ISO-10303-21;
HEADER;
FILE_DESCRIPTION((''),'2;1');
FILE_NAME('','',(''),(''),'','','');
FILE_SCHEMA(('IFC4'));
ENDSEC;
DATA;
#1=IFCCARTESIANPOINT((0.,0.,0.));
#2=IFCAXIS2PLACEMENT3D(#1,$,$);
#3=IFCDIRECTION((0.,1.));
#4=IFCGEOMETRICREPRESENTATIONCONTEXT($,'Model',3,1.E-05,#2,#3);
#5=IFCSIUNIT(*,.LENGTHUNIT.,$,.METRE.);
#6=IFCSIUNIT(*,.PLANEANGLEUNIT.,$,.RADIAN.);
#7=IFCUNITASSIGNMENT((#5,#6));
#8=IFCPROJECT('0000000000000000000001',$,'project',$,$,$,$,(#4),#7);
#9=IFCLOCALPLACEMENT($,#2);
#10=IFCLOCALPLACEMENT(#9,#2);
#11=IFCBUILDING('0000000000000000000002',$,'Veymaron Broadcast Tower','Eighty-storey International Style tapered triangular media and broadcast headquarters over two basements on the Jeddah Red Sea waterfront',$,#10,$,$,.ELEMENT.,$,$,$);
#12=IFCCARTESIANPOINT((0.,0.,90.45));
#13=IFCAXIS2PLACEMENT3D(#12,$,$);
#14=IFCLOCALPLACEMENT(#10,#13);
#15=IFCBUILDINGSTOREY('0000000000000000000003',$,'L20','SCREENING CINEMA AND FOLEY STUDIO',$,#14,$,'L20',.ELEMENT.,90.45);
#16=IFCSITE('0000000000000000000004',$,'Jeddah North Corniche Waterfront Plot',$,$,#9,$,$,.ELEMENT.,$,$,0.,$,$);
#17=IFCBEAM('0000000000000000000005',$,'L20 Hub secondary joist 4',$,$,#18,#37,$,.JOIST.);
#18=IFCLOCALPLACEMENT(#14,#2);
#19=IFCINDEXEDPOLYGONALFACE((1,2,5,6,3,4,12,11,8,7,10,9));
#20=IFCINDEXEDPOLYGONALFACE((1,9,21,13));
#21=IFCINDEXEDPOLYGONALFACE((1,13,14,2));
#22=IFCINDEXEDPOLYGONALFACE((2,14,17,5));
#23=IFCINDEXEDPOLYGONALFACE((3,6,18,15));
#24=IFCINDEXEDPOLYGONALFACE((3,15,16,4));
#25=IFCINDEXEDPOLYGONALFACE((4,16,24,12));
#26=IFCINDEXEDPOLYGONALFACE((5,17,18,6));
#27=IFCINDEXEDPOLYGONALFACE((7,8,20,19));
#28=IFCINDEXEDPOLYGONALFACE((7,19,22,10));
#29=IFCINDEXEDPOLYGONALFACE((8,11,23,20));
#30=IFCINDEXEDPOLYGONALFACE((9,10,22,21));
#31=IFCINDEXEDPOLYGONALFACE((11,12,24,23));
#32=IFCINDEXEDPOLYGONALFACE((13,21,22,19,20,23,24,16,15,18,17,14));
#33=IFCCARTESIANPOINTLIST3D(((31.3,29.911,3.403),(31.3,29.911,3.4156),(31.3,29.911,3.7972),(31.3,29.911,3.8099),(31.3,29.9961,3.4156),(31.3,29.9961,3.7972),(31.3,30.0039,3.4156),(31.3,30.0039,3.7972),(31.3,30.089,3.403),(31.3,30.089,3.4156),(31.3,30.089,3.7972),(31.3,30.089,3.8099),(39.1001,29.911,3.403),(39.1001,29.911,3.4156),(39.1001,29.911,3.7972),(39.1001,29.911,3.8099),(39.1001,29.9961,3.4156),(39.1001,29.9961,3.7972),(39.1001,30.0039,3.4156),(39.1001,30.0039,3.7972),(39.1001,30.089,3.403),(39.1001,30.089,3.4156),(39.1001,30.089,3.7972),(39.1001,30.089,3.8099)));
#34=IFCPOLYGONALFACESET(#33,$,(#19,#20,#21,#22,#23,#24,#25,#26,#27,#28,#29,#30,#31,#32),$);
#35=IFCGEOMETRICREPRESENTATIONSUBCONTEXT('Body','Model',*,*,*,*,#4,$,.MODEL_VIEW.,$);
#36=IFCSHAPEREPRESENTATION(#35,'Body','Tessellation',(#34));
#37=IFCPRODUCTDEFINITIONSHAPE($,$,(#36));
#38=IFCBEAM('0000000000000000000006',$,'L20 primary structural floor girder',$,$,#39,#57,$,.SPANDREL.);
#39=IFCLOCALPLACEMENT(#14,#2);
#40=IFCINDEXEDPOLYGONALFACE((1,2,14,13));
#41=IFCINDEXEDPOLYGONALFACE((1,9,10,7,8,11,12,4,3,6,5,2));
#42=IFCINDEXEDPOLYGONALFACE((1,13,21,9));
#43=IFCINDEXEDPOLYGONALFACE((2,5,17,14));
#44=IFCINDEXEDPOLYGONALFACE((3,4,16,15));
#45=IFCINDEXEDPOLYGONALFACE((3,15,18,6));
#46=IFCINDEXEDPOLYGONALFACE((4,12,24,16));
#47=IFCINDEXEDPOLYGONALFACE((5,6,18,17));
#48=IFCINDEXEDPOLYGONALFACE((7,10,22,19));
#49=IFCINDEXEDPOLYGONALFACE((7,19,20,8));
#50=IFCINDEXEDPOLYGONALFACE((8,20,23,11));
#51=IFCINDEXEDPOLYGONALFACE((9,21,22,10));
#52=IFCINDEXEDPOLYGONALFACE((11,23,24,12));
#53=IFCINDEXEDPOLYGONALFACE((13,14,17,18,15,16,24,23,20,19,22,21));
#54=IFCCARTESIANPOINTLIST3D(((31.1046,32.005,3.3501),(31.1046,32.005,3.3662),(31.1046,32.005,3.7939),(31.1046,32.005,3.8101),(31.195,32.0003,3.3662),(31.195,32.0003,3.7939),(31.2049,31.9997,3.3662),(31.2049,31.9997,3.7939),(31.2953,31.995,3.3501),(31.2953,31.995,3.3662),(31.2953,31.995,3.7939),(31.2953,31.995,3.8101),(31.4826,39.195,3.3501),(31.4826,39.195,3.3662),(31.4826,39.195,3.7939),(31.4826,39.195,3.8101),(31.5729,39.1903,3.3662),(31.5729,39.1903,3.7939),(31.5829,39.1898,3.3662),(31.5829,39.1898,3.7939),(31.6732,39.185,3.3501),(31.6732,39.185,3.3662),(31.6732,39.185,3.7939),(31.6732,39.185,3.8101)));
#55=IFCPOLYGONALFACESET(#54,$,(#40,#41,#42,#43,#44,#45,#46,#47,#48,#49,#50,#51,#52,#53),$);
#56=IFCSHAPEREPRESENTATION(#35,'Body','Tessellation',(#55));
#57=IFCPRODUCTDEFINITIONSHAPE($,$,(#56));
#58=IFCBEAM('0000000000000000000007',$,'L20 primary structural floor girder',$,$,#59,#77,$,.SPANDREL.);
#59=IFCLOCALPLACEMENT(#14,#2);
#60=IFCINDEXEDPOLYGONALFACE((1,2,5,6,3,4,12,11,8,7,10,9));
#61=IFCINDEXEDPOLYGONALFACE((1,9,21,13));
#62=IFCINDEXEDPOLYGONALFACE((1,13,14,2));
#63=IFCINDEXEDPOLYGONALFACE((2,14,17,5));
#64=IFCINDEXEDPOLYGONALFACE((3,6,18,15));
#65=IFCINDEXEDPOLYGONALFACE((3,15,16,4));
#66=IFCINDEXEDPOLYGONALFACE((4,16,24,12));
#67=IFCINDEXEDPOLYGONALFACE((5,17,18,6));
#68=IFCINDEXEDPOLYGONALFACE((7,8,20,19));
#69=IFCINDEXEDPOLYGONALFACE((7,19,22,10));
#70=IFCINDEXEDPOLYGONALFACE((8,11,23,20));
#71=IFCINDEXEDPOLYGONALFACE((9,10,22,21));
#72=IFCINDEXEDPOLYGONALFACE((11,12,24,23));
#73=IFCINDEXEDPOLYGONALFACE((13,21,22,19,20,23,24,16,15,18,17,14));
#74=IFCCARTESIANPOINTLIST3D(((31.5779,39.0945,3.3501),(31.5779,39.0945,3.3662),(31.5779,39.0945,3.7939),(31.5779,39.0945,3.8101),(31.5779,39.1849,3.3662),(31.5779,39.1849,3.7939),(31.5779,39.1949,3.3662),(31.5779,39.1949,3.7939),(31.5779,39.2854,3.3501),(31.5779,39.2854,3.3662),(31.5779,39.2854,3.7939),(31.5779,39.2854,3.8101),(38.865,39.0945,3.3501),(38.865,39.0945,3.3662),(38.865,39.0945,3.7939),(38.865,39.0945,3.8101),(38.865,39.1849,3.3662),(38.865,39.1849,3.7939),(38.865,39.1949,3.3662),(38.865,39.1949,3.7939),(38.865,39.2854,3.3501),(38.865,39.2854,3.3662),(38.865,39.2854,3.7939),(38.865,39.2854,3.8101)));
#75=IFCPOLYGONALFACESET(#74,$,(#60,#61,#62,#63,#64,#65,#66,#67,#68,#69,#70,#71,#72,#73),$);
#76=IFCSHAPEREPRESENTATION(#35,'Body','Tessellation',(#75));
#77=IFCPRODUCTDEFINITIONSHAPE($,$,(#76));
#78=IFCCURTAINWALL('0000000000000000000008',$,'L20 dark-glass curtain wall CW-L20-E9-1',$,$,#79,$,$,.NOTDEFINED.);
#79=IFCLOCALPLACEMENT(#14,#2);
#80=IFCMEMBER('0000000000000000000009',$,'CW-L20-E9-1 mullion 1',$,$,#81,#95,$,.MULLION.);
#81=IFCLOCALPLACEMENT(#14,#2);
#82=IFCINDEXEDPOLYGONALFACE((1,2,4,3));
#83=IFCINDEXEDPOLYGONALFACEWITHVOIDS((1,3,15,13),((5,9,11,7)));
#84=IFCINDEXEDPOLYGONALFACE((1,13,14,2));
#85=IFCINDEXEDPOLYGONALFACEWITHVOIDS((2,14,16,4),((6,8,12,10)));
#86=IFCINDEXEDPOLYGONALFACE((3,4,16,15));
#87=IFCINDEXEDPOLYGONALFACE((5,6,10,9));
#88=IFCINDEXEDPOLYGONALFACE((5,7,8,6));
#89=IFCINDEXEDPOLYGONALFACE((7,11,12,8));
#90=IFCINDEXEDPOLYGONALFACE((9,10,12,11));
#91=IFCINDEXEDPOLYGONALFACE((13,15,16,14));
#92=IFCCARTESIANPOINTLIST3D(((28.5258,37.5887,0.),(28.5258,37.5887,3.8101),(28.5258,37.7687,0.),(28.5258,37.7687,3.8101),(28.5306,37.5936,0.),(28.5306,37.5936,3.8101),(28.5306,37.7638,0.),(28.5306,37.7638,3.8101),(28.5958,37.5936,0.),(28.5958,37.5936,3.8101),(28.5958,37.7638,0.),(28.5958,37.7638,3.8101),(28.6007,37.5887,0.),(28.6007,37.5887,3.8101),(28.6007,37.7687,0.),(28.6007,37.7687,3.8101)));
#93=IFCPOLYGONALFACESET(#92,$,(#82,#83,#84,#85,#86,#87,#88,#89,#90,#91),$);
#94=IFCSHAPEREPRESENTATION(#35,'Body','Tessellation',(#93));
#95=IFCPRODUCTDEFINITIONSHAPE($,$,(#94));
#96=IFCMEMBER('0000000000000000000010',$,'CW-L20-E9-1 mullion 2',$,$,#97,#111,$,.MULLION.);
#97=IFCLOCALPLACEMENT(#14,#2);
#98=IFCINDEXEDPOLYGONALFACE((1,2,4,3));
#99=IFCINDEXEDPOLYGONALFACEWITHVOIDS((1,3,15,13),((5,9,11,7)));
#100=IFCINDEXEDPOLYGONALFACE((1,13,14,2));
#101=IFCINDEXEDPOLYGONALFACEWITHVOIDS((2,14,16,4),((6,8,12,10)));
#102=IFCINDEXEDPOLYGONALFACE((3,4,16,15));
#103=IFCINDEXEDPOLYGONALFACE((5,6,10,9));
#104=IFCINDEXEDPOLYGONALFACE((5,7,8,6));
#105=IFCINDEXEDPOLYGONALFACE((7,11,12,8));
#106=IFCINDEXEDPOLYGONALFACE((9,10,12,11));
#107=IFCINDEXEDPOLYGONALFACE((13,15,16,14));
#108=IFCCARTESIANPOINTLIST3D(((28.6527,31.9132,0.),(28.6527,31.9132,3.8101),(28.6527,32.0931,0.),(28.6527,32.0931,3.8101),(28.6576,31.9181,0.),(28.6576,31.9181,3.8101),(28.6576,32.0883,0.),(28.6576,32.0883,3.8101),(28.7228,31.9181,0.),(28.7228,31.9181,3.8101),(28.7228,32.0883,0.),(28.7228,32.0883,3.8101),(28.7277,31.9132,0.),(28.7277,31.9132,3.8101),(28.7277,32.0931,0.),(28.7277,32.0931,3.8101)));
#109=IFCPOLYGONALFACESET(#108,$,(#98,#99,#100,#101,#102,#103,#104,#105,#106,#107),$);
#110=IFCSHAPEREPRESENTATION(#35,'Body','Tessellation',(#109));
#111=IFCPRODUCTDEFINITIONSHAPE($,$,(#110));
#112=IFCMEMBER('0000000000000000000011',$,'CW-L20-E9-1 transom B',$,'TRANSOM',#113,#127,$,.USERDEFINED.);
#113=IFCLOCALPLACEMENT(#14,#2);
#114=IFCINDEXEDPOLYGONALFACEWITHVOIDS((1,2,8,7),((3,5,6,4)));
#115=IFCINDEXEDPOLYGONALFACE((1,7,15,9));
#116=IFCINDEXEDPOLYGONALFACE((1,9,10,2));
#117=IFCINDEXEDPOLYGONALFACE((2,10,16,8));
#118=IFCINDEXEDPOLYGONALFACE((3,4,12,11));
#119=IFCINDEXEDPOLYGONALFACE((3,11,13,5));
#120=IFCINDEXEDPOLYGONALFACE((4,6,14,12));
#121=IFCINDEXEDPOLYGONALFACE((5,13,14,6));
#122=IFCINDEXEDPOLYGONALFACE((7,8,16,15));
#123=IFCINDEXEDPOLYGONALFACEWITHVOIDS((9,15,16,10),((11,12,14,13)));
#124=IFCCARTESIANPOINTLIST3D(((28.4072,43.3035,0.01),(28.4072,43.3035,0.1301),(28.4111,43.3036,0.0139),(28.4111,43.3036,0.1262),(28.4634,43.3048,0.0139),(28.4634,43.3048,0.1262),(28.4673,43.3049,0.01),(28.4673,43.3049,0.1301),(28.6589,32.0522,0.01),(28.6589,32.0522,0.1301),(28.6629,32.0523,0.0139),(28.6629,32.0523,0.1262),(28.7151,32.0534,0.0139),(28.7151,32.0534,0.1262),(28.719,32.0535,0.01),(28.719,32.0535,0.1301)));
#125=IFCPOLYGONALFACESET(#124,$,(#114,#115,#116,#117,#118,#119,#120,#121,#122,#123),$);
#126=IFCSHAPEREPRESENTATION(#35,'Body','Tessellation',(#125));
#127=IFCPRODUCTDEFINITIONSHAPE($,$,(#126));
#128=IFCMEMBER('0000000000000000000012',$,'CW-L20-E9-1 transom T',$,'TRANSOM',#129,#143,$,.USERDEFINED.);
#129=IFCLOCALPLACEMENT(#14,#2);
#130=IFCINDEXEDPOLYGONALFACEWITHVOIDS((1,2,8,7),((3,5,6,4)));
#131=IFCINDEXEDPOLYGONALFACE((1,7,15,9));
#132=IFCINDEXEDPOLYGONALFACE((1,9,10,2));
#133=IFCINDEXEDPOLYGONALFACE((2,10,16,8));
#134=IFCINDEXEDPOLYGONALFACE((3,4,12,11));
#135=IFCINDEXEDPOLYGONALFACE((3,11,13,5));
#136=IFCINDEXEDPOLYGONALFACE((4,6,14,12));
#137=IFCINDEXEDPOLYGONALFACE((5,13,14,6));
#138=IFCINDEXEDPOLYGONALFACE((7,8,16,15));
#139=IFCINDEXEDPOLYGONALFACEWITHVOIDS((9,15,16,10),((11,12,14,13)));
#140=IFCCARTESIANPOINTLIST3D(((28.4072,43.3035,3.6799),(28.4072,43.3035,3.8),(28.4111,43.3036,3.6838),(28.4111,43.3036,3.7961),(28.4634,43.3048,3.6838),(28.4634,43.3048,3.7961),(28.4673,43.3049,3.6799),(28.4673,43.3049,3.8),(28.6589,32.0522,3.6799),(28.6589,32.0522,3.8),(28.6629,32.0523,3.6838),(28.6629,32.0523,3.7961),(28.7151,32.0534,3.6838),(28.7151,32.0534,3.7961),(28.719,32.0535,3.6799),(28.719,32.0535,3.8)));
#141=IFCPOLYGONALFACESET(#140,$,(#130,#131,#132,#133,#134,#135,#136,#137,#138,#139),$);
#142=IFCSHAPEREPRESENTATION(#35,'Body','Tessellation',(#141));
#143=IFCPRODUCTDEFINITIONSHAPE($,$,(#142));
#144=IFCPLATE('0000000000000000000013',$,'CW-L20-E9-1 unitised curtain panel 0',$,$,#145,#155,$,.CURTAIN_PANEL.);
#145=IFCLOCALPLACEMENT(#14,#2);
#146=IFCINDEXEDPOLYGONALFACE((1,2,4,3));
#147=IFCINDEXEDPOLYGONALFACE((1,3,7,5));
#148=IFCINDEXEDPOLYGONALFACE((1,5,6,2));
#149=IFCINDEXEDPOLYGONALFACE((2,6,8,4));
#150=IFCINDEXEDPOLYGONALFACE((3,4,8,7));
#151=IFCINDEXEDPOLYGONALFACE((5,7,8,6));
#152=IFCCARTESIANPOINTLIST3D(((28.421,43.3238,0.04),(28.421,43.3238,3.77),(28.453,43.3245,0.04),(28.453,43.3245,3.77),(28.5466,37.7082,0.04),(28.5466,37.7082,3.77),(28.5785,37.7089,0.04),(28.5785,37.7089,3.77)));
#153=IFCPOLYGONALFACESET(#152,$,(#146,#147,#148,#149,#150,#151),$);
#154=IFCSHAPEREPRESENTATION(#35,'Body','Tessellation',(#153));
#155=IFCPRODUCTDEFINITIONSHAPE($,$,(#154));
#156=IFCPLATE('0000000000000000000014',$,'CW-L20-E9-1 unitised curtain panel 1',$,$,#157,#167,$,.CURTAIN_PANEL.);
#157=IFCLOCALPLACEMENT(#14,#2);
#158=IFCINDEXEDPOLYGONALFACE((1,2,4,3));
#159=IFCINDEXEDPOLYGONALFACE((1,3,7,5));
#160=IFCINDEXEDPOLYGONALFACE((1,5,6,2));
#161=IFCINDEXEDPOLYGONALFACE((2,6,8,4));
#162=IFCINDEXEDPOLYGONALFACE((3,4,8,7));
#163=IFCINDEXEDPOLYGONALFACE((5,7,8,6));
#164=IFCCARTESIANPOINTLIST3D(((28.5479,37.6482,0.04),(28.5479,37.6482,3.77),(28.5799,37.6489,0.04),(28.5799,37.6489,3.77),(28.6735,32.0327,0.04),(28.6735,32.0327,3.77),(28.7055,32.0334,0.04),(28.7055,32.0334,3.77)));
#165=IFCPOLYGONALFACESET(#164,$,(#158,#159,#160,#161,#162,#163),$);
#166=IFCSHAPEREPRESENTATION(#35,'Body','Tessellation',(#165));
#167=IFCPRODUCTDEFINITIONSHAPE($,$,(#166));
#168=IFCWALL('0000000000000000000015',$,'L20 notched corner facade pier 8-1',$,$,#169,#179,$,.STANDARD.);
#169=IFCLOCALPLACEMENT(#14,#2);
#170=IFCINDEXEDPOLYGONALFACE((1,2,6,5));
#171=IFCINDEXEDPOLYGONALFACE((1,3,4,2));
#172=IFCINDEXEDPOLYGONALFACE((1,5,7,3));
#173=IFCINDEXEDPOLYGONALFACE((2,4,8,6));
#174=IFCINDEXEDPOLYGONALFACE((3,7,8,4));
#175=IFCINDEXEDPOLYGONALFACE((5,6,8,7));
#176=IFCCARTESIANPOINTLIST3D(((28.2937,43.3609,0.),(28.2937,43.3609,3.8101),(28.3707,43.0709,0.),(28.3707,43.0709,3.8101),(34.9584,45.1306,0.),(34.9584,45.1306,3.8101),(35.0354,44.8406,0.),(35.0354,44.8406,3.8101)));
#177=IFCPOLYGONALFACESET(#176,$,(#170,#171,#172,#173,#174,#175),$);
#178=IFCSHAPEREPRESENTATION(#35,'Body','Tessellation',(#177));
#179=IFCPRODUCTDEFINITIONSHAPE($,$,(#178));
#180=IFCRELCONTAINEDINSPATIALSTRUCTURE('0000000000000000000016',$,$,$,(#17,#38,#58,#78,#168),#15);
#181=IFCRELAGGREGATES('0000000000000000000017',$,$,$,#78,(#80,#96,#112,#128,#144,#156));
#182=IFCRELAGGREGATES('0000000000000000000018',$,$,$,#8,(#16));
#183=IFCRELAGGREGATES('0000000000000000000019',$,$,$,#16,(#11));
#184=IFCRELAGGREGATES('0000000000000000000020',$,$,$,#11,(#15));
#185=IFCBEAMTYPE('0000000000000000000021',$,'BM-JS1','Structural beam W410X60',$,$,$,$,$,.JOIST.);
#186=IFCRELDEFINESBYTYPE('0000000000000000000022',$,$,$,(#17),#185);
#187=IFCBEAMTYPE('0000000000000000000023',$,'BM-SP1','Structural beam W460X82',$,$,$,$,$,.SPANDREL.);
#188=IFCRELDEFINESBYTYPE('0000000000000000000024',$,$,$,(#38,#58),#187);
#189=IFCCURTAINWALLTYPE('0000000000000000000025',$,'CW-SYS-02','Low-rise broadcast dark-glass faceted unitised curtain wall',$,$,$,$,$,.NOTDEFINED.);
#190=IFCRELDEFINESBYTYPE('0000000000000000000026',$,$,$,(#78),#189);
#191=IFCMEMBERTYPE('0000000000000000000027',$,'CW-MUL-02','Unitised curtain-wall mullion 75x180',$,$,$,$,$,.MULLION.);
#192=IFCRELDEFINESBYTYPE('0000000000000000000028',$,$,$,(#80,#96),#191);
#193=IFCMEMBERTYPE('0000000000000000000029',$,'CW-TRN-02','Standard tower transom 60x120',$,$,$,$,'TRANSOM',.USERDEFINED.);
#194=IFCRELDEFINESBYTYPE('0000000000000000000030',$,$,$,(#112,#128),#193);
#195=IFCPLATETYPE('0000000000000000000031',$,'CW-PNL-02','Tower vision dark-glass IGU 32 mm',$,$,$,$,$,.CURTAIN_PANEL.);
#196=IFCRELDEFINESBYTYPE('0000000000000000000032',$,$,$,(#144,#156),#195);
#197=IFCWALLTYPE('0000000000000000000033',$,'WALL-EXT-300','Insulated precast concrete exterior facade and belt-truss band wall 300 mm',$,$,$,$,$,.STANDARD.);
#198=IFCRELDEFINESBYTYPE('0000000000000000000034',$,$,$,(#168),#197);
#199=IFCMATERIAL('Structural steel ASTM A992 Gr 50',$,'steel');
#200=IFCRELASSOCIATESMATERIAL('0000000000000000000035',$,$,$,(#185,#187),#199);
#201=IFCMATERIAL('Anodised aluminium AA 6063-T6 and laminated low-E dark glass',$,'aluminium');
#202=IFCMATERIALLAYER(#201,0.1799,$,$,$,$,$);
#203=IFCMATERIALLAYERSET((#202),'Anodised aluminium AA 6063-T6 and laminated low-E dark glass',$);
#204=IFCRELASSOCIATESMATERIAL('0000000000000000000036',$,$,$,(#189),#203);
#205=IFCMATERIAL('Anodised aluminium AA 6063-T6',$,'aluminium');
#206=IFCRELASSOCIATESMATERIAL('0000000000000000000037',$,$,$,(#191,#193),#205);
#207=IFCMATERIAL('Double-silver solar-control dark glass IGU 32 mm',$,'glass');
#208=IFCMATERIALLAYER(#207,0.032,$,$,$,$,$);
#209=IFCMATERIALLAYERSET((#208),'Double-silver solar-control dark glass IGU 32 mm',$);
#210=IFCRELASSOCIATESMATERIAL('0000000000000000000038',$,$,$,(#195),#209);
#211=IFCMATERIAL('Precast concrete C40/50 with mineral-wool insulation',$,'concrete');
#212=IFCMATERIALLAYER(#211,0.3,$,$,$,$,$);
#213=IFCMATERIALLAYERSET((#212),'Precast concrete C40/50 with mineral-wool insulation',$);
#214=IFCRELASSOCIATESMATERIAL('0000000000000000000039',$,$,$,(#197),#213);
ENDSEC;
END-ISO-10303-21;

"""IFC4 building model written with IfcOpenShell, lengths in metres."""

from ifc_helpers import new_model, si_unit, direction, frame, frame_2d, origin, origin_2d, place, context, subcontext, project, spatial, rectangle, hollow_rectangle, i_section, extrude, material, layer, layer_set, material_profile, profile_set, type_object, element, aggregate, save


model = new_model("IFC4")

# Units and contexts
model_context = context("Model", 3, precision=1e-05, world=origin(), true_north=direction((0.0, 1.0)))
body_context = subcontext(model_context, "Body", "Model", "MODEL_VIEW")
ifc_project = project(units=[si_unit("LENGTHUNIT", "METRE"), si_unit("PLANEANGLEUNIT", "RADIAN")], contexts=[model_context])

# Site, building, storey
site_placement = place(None, origin())
site = spatial("IfcSite", under=ifc_project, at=site_placement, Name="Jeddah North Corniche Waterfront Plot", CompositionType="ELEMENT", RefElevation=0.0)
building_placement = place(site_placement, origin())
building = spatial("IfcBuilding", under=site, at=building_placement, Name="Veymaron Broadcast Tower", Description="Eighty-storey International Style tapered triangular media and broadcast headquarters over two basements on the Jeddah Red Sea waterfront", CompositionType="ELEMENT")
storey_placement = place(building_placement, frame((0.0, 0.0, 90.45)))
storey = spatial("IfcBuildingStorey", under=building, at=storey_placement, Name="L20", Description="SCREENING CINEMA AND FOLEY STUDIO", LongName="L20", CompositionType="ELEMENT", Elevation=90.45)

# Beams
ifc_material_1 = material(Name="Structural steel ASTM A992 Gr 50", Category="steel")
ifc_material_profile_1 = material_profile(ifc_material_1, i_section(OverallWidth=0.178, OverallDepth=0.407, WebThickness=0.0078, FlangeThickness=0.0127, at=origin_2d()), Name="W410X60")
ifc_profile_set_1 = profile_set([ifc_material_profile_1], Name="Structural steel ASTM A992 Gr 50")
beam_type_1 = type_object("IfcBeamType", Name="BM-JS1", Description="Structural beam W410X60", PredefinedType="JOIST", material=ifc_profile_set_1)
for number, where, z_axis, x_axis, name in (
    (1, (31.3, 30.0, 3.6064), (1.0, 0.0, 0.0), (0.0, 1.0, 0.0), "L20 Hub secondary joist 4"),
):
    element("IfcBeam", number, at=place(storey_placement, frame(where, z_axis=z_axis, x_axis=x_axis)), inside=storey, type_object=beam_type_1, Name=name, PredefinedType="JOIST", context=body_context, shape_type="SweptSolid", body=[
        extrude(i_section(OverallWidth=0.178, OverallDepth=0.407, WebThickness=0.0078, FlangeThickness=0.0127, at=origin_2d()), origin(), (0.0, 0.0, 1.0), 7.8),
    ])
ifc_material_profile_2 = material_profile(ifc_material_1, i_section(OverallWidth=0.1909, OverallDepth=0.46, WebThickness=0.01, FlangeThickness=0.0161, at=origin_2d()), Name="W460X82")
ifc_profile_set_2 = profile_set([ifc_material_profile_2], Name="Structural steel ASTM A992 Gr 50")
beam_type_2 = type_object("IfcBeamType", Name="BM-SP1", Description="Structural beam W460X82", PredefinedType="SPANDREL", material=ifc_profile_set_2)
beam_1_placement = place(storey_placement, frame((31.2, 32.0, 3.5801), z_axis=(0.052491, 0.998621, 0.0), x_axis=(-0.998621, 0.052491, 0.0)))
element("IfcBeam", 2, at=beam_1_placement, inside=storey, type_object=beam_type_2, Name="L20 primary structural floor girder", PredefinedType="SPANDREL", context=body_context, shape_type="SweptSolid", body=[
    extrude(i_section(OverallWidth=0.1909, OverallDepth=0.46, WebThickness=0.01, FlangeThickness=0.0161, at=origin_2d()), origin(), (0.0, 0.0, 1.0), 7.2),
])
beam_2_placement = place(storey_placement, frame((31.5779, 39.1899, 3.5801), z_axis=(1.0, 0.0, 0.0), x_axis=(0.0, 1.0, 0.0)))
element("IfcBeam", 3, at=beam_2_placement, inside=storey, type_object=beam_type_2, Name="L20 primary structural floor girder", PredefinedType="SPANDREL", context=body_context, shape_type="SweptSolid", body=[
    extrude(i_section(OverallWidth=0.1909, OverallDepth=0.46, WebThickness=0.01, FlangeThickness=0.0161, at=origin_2d()), origin(), (0.0, 0.0, 1.0), 7.2871),
])

# Curtain wall, members, plates
ifc_material_2 = material(Name="Anodised aluminium AA 6063-T6 and laminated low-E dark glass", Category="aluminium")
ifc_layer_1 = layer(ifc_material_2, 0.1799)
ifc_layer_set_1 = layer_set([ifc_layer_1], Name="Anodised aluminium AA 6063-T6 and laminated low-E dark glass")
curtain_wall_type = type_object("IfcCurtainWallType", Name="CW-SYS-02", Description="Low-rise broadcast dark-glass faceted unitised curtain wall", PredefinedType="NOTDEFINED", material=ifc_layer_set_1)
curtain_wall_placement = place(storey_placement, origin())
curtain_wall = element("IfcCurtainWall", 4, at=curtain_wall_placement, inside=storey, type_object=curtain_wall_type, Name="L20 dark-glass curtain wall CW-L20-E9-1", PredefinedType="NOTDEFINED")
ifc_material_3 = material(Name="Anodised aluminium AA 6063-T6", Category="aluminium")
ifc_material_profile_3 = material_profile(ifc_material_3, hollow_rectangle(XDim=0.075, YDim=0.1799, WallThickness=0.0049, at=origin_2d()), Name="AL180X75X5")
ifc_profile_set_3 = profile_set([ifc_material_profile_3], Name="Anodised aluminium AA 6063-T6")
member_type_1 = type_object("IfcMemberType", Name="CW-MUL-02", Description="Unitised curtain-wall mullion 75x180", PredefinedType="MULLION", material=ifc_profile_set_3)
member_1_placement = place(storey_placement, frame((28.5632, 37.6787, 0.0), z_axis=(0.0, 0.0, 1.0), x_axis=(1.0, 0.0, 0.0)))
member_1 = element("IfcMember", 5, at=member_1_placement, type_object=member_type_1, Name="CW-L20-E9-1 mullion 1", PredefinedType="MULLION", context=body_context, shape_type="SweptSolid", body=[
    extrude(hollow_rectangle(XDim=0.075, YDim=0.1799, WallThickness=0.0049, at=origin_2d()), origin(), (0.0, 0.0, 1.0), 3.8101),
])
member_2_placement = place(storey_placement, frame((28.6902, 32.0032, 0.0), z_axis=(0.0, 0.0, 1.0), x_axis=(1.0, 0.0, 0.0)))
member_2 = element("IfcMember", 6, at=member_2_placement, type_object=member_type_1, Name="CW-L20-E9-1 mullion 2", PredefinedType="MULLION", context=body_context, shape_type="SweptSolid", body=[
    extrude(hollow_rectangle(XDim=0.075, YDim=0.1799, WallThickness=0.0049, at=origin_2d()), origin(), (0.0, 0.0, 1.0), 3.8101),
])
ifc_material_profile_4 = material_profile(ifc_material_3, hollow_rectangle(XDim=0.0601, YDim=0.1201, WallThickness=0.0039, at=origin_2d()), Name="AL120X60X4")
ifc_profile_set_4 = profile_set([ifc_material_profile_4], Name="Anodised aluminium AA 6063-T6")
member_type_2 = type_object("IfcMemberType", Name="CW-TRN-02", Description="Standard tower transom 60x120", ElementType="TRANSOM", PredefinedType="USERDEFINED", material=ifc_profile_set_4)
member_3_placement = place(storey_placement, frame((28.4373, 43.3042, 0.0701), z_axis=(0.022366, -0.99975, 0.0), x_axis=(0.99975, 0.022366, 0.0)))
member_3 = element("IfcMember", 7, at=member_3_placement, type_object=member_type_2, Name="CW-L20-E9-1 transom B", ObjectType="TRANSOM", PredefinedType="USERDEFINED", context=body_context, shape_type="SweptSolid", body=[
    extrude(hollow_rectangle(XDim=0.0601, YDim=0.1201, WallThickness=0.0039, at=origin_2d()), origin(), (0.0, 0.0, 1.0), 11.2542),
])
member_4_placement = place(storey_placement, frame((28.4373, 43.3042, 3.74), z_axis=(0.022366, -0.99975, 0.0), x_axis=(0.99975, 0.022366, 0.0)))
member_4 = element("IfcMember", 8, at=member_4_placement, type_object=member_type_2, Name="CW-L20-E9-1 transom T", ObjectType="TRANSOM", PredefinedType="USERDEFINED", context=body_context, shape_type="SweptSolid", body=[
    extrude(hollow_rectangle(XDim=0.0601, YDim=0.1201, WallThickness=0.0039, at=origin_2d()), origin(), (0.0, 0.0, 1.0), 11.2542),
])
ifc_material_4 = material(Name="Double-silver solar-control dark glass IGU 32 mm", Category="glass")
ifc_layer_2 = layer(ifc_material_4, 0.032)
ifc_layer_set_2 = layer_set([ifc_layer_2], Name="Double-silver solar-control dark glass IGU 32 mm")
plate_type = type_object("IfcPlateType", Name="CW-PNL-02", Description="Tower vision dark-glass IGU 32 mm", PredefinedType="CURTAIN_PANEL", material=ifc_layer_set_2)
plate_1_placement = place(storey_placement, frame((28.4998, 40.5164, 0.04), z_axis=(0.0, 0.0, 1.0), x_axis=(0.022356, -0.99975, 0.0)))
plate_1 = element("IfcPlate", 9, at=plate_1_placement, type_object=plate_type, Name="CW-L20-E9-1 unitised curtain panel 0", PredefinedType="CURTAIN_PANEL", context=body_context, shape_type="SweptSolid", body=[
    extrude(rectangle(XDim=5.6169, YDim=0.032, at=origin_2d()), origin(), (0.0, 0.0, 1.0), 3.73),
])
plate_2_placement = place(storey_placement, frame((28.6267, 34.8408, 0.04), z_axis=(0.0, 0.0, 1.0), x_axis=(0.022356, -0.99975, 0.0)))
plate_2 = element("IfcPlate", 10, at=plate_2_placement, type_object=plate_type, Name="CW-L20-E9-1 unitised curtain panel 1", PredefinedType="CURTAIN_PANEL", context=body_context, shape_type="SweptSolid", body=[
    extrude(rectangle(XDim=5.6169, YDim=0.032, at=origin_2d()), origin(), (0.0, 0.0, 1.0), 3.73),
])
aggregate(curtain_wall, [member_1, member_2, member_3, member_4, plate_1, plate_2])

# Wall
ifc_material_5 = material(Name="Precast concrete C40/50 with mineral-wool insulation", Category="concrete")
ifc_layer_3 = layer(ifc_material_5, 0.3)
ifc_layer_set_3 = layer_set([ifc_layer_3], Name="Precast concrete C40/50 with mineral-wool insulation")
wall_type_1 = type_object("IfcWallType", Name="WALL-EXT-300", Description="Insulated precast concrete exterior facade and belt-truss band wall 300 mm", PredefinedType="STANDARD", material=ifc_layer_set_3)
wall_1_placement = place(storey_placement, frame((34.9968, 44.9856, 0.0), z_axis=(0.0, 0.0, 1.0), x_axis=(-0.966505, -0.256647, 0.0)))
element("IfcWall", 11, at=wall_1_placement, inside=storey, type_object=wall_type_1, Name="L20 notched corner facade pier 8-1", PredefinedType="STANDARD", context=body_context, shape_type="SweptSolid", body=[
    extrude(rectangle(XDim=6.8958, YDim=0.3, at=frame_2d((3.4478, 0.0))), origin(), (0.0, 0.0, 1.0), 3.8101),
])

save(model, "model.ifc")
